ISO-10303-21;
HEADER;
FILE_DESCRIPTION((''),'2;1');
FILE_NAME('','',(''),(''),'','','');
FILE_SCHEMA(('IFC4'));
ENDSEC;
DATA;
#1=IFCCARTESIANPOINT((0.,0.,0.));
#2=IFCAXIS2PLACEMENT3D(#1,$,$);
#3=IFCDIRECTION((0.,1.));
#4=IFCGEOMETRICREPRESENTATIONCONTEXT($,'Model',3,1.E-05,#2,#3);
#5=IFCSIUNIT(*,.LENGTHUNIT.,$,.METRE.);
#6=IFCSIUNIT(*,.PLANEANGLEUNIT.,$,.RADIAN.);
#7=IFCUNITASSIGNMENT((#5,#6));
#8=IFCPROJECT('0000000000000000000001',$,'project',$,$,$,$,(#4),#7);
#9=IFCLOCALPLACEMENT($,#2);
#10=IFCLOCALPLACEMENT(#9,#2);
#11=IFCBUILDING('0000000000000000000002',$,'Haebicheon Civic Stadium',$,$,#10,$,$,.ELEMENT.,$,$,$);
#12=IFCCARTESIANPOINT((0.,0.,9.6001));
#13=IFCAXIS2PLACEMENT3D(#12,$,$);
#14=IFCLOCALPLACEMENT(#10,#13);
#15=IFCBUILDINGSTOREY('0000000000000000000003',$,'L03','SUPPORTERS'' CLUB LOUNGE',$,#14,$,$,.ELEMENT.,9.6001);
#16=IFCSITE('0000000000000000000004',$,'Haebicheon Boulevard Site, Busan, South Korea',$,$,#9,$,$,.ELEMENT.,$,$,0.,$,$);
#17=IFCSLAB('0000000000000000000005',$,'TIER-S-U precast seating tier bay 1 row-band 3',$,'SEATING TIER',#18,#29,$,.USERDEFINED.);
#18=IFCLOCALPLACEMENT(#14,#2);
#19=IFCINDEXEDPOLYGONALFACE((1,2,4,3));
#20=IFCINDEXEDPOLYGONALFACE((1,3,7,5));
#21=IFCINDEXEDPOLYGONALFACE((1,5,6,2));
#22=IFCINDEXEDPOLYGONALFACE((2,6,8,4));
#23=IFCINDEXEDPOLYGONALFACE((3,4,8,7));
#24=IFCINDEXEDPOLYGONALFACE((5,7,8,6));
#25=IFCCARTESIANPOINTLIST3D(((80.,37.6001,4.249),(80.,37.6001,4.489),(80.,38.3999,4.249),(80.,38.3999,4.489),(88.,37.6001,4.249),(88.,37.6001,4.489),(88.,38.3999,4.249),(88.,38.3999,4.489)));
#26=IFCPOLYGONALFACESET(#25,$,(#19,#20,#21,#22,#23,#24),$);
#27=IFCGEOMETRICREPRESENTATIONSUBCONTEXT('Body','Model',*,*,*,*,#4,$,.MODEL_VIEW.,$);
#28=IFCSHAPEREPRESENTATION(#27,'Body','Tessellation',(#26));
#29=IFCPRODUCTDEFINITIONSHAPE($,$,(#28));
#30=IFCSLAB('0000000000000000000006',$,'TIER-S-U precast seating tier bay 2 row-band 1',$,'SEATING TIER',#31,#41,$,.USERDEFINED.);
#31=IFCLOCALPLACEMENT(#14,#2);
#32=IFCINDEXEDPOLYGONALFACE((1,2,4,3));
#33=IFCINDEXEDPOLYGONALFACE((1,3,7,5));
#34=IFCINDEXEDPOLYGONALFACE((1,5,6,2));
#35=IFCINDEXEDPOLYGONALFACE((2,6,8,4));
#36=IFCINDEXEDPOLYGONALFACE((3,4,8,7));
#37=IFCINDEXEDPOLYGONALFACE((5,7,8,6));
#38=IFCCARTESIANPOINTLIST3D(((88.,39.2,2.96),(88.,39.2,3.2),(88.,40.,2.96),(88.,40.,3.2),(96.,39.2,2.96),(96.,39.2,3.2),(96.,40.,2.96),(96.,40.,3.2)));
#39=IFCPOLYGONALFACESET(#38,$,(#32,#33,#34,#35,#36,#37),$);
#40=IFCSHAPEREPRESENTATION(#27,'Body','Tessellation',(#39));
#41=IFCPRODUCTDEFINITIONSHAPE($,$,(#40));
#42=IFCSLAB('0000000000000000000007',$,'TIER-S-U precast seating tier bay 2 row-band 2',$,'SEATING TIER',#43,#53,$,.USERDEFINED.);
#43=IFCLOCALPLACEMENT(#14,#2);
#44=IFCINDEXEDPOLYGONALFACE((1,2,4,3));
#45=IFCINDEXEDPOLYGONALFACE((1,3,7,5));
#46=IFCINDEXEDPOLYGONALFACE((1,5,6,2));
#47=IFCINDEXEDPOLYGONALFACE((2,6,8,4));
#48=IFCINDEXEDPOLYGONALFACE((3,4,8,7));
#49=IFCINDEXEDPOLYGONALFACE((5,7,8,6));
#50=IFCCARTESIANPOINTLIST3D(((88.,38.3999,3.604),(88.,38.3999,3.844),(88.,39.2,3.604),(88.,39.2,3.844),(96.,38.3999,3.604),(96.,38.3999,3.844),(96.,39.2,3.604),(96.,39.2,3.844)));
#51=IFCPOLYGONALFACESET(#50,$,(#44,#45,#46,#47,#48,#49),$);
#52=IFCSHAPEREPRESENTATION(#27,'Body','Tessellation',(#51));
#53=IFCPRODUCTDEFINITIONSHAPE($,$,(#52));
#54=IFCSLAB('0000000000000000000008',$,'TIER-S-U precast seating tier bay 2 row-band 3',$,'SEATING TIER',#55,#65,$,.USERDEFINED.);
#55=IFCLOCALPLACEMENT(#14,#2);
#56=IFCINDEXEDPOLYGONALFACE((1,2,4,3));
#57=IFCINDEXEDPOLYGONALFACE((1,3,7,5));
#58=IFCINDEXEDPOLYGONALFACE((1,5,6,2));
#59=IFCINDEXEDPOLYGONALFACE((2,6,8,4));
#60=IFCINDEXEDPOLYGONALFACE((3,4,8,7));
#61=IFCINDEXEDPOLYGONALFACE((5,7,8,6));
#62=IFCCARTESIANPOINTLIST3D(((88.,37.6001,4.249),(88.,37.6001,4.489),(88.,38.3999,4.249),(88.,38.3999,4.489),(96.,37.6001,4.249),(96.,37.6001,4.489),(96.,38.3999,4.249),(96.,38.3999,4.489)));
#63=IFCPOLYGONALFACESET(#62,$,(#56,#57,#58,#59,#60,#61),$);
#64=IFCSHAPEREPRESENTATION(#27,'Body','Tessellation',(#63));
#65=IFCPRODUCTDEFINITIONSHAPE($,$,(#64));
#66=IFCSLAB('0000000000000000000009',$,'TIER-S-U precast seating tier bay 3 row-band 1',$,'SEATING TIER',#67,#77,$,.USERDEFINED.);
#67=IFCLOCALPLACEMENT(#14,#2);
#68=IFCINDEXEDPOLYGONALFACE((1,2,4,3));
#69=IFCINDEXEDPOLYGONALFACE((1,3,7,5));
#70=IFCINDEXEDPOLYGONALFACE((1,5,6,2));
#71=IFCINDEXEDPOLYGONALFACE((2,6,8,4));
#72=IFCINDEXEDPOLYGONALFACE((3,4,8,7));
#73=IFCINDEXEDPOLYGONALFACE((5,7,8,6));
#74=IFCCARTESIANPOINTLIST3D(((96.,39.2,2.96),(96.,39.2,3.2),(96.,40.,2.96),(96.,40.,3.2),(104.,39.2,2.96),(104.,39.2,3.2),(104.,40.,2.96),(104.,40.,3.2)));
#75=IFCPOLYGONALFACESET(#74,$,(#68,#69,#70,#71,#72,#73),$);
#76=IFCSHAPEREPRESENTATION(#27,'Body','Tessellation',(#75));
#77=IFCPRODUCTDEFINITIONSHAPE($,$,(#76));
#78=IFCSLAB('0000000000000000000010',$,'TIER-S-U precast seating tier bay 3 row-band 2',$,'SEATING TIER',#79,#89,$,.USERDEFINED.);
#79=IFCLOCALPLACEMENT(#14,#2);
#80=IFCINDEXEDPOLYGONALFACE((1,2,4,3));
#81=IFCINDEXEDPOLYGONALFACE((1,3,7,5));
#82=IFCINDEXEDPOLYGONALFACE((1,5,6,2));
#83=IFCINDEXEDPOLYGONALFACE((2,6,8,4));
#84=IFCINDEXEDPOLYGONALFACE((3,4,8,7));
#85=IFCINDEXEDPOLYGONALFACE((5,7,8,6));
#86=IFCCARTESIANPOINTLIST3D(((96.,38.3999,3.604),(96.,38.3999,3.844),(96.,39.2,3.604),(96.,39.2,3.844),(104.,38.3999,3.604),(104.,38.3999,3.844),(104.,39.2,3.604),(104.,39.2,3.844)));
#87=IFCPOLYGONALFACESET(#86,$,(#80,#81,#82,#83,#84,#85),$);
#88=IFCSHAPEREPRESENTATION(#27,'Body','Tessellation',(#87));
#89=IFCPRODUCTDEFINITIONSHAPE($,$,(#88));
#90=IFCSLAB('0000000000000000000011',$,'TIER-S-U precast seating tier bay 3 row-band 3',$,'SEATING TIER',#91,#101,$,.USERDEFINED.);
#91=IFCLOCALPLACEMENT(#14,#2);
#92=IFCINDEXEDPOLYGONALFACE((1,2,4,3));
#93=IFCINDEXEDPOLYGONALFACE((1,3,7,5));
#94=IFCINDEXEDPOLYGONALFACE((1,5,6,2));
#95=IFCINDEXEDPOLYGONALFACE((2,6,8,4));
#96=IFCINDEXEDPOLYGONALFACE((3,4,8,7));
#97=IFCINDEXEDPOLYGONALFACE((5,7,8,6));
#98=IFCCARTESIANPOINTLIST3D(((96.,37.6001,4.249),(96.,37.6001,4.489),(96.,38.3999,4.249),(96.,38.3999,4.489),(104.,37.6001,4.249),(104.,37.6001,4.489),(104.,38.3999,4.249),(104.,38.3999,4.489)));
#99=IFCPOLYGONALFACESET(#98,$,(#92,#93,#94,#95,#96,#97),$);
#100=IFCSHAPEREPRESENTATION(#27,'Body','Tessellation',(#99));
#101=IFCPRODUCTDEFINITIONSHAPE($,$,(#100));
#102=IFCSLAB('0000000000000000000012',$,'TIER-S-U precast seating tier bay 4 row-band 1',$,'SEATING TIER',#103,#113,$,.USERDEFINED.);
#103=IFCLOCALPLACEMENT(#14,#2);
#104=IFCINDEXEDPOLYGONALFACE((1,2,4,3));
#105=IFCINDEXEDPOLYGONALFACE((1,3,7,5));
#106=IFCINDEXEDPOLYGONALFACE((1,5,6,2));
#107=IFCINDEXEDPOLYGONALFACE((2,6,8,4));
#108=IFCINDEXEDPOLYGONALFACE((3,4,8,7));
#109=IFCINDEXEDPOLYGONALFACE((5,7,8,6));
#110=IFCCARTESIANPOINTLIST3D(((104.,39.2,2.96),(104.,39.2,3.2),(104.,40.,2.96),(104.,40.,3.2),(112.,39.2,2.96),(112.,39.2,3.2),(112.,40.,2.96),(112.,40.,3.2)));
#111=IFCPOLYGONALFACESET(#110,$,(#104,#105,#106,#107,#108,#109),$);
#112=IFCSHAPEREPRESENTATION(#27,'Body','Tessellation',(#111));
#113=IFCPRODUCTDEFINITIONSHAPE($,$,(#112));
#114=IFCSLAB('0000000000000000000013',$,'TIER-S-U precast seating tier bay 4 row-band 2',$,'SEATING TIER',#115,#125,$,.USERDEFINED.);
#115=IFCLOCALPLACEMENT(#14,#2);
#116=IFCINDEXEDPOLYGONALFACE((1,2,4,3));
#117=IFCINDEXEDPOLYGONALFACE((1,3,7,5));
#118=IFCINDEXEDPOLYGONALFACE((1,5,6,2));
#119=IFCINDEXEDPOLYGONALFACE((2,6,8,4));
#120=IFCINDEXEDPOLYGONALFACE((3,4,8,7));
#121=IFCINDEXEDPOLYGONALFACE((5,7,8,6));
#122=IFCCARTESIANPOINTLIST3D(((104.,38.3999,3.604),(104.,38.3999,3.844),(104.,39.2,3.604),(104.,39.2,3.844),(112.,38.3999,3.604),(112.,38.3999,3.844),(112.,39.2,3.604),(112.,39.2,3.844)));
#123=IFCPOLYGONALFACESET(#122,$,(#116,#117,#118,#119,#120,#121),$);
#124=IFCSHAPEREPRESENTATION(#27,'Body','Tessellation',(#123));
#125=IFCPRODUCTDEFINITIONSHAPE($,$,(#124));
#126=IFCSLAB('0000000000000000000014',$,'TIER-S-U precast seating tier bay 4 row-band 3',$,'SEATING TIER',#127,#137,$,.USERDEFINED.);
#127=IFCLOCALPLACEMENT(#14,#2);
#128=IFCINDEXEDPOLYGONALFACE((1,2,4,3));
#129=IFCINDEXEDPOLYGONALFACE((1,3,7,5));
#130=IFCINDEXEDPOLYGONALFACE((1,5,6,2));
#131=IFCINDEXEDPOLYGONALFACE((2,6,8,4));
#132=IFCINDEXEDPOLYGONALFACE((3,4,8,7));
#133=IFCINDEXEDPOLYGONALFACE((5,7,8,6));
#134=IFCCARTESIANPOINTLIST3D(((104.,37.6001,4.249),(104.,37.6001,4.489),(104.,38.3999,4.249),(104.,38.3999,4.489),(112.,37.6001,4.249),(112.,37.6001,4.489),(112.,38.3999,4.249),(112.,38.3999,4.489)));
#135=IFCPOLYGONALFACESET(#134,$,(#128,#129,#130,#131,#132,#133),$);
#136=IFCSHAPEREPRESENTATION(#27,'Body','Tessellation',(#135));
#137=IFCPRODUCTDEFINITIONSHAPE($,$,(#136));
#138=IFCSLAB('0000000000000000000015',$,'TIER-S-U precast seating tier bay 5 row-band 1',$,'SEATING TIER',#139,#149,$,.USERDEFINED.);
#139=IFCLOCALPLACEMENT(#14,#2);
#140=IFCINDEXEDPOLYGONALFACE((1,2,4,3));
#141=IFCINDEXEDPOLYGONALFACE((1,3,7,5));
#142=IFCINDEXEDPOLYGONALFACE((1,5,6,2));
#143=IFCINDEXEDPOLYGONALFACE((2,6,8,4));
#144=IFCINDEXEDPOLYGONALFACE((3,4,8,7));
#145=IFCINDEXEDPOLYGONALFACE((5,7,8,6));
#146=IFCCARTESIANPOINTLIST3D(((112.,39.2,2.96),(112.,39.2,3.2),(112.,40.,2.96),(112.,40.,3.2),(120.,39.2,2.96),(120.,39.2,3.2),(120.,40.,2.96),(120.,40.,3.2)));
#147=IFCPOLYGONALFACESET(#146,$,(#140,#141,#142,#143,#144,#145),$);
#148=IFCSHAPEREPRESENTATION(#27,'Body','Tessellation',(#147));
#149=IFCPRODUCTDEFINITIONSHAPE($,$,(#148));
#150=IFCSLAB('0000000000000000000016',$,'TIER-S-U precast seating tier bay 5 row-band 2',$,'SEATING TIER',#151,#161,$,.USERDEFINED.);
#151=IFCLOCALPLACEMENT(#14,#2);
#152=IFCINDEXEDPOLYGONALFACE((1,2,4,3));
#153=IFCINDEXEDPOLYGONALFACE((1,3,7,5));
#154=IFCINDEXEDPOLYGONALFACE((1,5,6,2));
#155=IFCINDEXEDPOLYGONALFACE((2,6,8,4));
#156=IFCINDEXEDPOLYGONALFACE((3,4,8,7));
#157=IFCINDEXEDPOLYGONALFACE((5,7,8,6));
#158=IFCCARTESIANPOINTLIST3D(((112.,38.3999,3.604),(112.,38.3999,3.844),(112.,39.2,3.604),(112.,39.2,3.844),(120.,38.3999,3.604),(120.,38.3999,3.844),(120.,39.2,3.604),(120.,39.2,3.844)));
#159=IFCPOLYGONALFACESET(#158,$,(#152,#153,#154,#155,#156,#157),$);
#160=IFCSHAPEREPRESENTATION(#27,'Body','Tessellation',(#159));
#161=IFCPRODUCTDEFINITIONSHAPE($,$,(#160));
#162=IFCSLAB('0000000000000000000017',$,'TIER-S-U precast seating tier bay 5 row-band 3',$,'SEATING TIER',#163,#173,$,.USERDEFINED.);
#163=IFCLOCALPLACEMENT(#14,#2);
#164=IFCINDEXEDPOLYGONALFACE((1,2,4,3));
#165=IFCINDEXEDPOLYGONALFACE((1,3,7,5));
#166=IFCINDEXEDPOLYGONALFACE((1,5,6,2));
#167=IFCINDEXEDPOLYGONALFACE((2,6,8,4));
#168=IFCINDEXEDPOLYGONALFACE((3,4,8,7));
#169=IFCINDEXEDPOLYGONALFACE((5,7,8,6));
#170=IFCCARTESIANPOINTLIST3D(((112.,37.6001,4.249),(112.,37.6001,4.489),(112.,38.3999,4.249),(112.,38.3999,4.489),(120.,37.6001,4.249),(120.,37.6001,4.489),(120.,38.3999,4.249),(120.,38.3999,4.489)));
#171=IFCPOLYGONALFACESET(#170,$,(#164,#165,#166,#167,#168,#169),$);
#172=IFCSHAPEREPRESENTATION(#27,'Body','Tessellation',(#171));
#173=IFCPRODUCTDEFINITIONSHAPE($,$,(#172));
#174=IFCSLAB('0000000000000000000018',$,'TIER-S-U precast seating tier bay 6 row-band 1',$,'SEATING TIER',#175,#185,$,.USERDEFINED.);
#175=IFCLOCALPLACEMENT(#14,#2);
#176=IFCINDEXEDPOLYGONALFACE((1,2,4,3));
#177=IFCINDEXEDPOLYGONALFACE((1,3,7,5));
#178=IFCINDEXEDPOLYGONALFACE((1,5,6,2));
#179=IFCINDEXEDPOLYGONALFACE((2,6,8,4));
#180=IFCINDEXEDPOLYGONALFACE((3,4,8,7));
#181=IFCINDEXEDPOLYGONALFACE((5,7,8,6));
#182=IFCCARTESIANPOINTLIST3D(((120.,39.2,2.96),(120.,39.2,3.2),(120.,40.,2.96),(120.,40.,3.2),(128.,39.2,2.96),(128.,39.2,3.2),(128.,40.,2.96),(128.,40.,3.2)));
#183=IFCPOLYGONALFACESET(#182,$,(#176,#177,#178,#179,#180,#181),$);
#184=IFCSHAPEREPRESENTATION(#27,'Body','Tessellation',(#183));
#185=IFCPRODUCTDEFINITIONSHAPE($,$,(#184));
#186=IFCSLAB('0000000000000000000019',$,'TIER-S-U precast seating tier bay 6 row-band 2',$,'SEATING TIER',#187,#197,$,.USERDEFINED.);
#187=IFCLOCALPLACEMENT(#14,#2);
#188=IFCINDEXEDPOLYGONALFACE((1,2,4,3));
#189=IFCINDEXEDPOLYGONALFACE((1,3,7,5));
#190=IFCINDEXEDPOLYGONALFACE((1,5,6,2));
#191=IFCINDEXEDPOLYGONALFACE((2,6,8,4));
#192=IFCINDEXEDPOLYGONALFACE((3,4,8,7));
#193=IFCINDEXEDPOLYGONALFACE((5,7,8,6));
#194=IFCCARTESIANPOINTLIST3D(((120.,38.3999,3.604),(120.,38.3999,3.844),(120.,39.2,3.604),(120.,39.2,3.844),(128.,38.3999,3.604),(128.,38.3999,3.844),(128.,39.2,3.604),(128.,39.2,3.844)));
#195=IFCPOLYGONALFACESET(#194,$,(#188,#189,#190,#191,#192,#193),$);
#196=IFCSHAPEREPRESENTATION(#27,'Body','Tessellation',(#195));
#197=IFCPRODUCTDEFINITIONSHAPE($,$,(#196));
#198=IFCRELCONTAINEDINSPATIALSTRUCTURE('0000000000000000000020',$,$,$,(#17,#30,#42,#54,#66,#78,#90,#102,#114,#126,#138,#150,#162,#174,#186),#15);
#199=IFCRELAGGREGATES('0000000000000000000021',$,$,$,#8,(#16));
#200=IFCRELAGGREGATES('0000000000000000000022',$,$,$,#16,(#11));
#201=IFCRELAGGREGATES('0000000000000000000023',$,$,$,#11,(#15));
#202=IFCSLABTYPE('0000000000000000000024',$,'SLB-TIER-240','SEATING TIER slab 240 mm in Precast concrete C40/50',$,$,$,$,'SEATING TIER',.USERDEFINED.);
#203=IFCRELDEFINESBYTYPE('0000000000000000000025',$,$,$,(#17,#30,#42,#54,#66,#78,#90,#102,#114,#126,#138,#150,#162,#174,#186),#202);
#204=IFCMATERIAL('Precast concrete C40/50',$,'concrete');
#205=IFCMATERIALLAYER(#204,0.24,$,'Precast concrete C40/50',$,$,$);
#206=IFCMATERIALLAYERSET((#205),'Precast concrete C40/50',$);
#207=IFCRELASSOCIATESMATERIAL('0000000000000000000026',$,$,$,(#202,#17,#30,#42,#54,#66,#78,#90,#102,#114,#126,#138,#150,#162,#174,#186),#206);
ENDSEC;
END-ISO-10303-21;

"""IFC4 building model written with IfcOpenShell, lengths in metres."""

from ifc_helpers import new_model, si_unit, direction, frame, origin, place, context, subcontext, project, spatial, polyline, outline, extrude, material, layer, layer_set, type_object, element, save


model = new_model("IFC4")

# Units and contexts
model_context = context("Model", 3, precision=1e-05, world=origin(), true_north=direction((0.0, 1.0)))
body_context = subcontext(model_context, "Body", "Model", "MODEL_VIEW")
ifc_project = project(units=[si_unit("LENGTHUNIT", "METRE"), si_unit("PLANEANGLEUNIT", "RADIAN")], contexts=[model_context])

# Site, building, storey
site_placement = place(None, origin())
site = spatial("IfcSite", under=ifc_project, at=site_placement, Name="Haebicheon Boulevard Site, Busan, South Korea", CompositionType="ELEMENT", RefElevation=0.0)
building_placement = place(site_placement, origin())
building = spatial("IfcBuilding", under=site, at=building_placement, Name="Haebicheon Civic Stadium", CompositionType="ELEMENT")
storey_placement = place(building_placement, frame((0.0, 0.0, 9.6001)))
storey = spatial("IfcBuildingStorey", under=building, at=storey_placement, Name="L03", Description="SUPPORTERS' CLUB LOUNGE", CompositionType="ELEMENT", Elevation=9.6001)

# Slabs
ifc_material = material(Name="Precast concrete C40/50", Category="concrete")
ifc_layer = layer(ifc_material, 0.24, Name="Precast concrete C40/50")
ifc_layer_set = layer_set([ifc_layer], Name="Precast concrete C40/50")
slab_type = type_object("IfcSlabType", Name="SLB-TIER-240", Description="SEATING TIER slab 240 mm in Precast concrete C40/50", ElementType="SEATING TIER", PredefinedType="USERDEFINED", material=ifc_layer_set)
slab_1_placement = place(storey_placement, frame((0.0, 0.0, 4.249)))
element("IfcSlab", 1, at=slab_1_placement, inside=storey, type_object=slab_type, material=ifc_layer_set, Name="TIER-S-U precast seating tier bay 1 row-band 3", ObjectType="SEATING TIER", PredefinedType="USERDEFINED", context=body_context, shape_type="SweptSolid", body=[
    extrude(outline(polyline([(80.0, 37.6001), (88.0, 37.6001), (88.0, 38.3999), (80.0, 38.3999), (80.0, 37.6001)])), origin(), (0.0, 0.0, 1.0), 0.24),
])
slab_2_placement = place(storey_placement, frame((0.0, 0.0, 2.96)))
element("IfcSlab", 2, at=slab_2_placement, inside=storey, type_object=slab_type, material=ifc_layer_set, Name="TIER-S-U precast seating tier bay 2 row-band 1", ObjectType="SEATING TIER", PredefinedType="USERDEFINED", context=body_context, shape_type="SweptSolid", body=[
    extrude(outline(polyline([(88.0, 39.2), (96.0, 39.2), (96.0, 40.0), (88.0, 40.0), (88.0, 39.2)])), origin(), (0.0, 0.0, 1.0), 0.24),
])
slab_3_placement = place(storey_placement, frame((0.0, 0.0, 3.604)))
element("IfcSlab", 3, at=slab_3_placement, inside=storey, type_object=slab_type, material=ifc_layer_set, Name="TIER-S-U precast seating tier bay 2 row-band 2", ObjectType="SEATING TIER", PredefinedType="USERDEFINED", context=body_context, shape_type="SweptSolid", body=[
    extrude(outline(polyline([(88.0, 38.3999), (96.0, 38.3999), (96.0, 39.2), (88.0, 39.2), (88.0, 38.3999)])), origin(), (0.0, 0.0, 1.0), 0.24),
])
slab_4_placement = place(storey_placement, frame((0.0, 0.0, 4.249)))
element("IfcSlab", 4, at=slab_4_placement, inside=storey, type_object=slab_type, material=ifc_layer_set, Name="TIER-S-U precast seating tier bay 2 row-band 3", ObjectType="SEATING TIER", PredefinedType="USERDEFINED", context=body_context, shape_type="SweptSolid", body=[
    extrude(outline(polyline([(88.0, 37.6001), (96.0, 37.6001), (96.0, 38.3999), (88.0, 38.3999), (88.0, 37.6001)])), origin(), (0.0, 0.0, 1.0), 0.24),
])
slab_5_placement = place(storey_placement, frame((0.0, 0.0, 2.96)))
element("IfcSlab", 5, at=slab_5_placement, inside=storey, type_object=slab_type, material=ifc_layer_set, Name="TIER-S-U precast seating tier bay 3 row-band 1", ObjectType="SEATING TIER", PredefinedType="USERDEFINED", context=body_context, shape_type="SweptSolid", body=[
    extrude(outline(polyline([(96.0, 39.2), (104.0, 39.2), (104.0, 40.0), (96.0, 40.0), (96.0, 39.2)])), origin(), (0.0, 0.0, 1.0), 0.24),
])
slab_6_placement = place(storey_placement, frame((0.0, 0.0, 3.604)))
element("IfcSlab", 6, at=slab_6_placement, inside=storey, type_object=slab_type, material=ifc_layer_set, Name="TIER-S-U precast seating tier bay 3 row-band 2", ObjectType="SEATING TIER", PredefinedType="USERDEFINED", context=body_context, shape_type="SweptSolid", body=[
    extrude(outline(polyline([(96.0, 38.3999), (104.0, 38.3999), (104.0, 39.2), (96.0, 39.2), (96.0, 38.3999)])), origin(), (0.0, 0.0, 1.0), 0.24),
])
slab_7_placement = place(storey_placement, frame((0.0, 0.0, 4.249)))
element("IfcSlab", 7, at=slab_7_placement, inside=storey, type_object=slab_type, material=ifc_layer_set, Name="TIER-S-U precast seating tier bay 3 row-band 3", ObjectType="SEATING TIER", PredefinedType="USERDEFINED", context=body_context, shape_type="SweptSolid", body=[
    extrude(outline(polyline([(96.0, 37.6001), (104.0, 37.6001), (104.0, 38.3999), (96.0, 38.3999), (96.0, 37.6001)])), origin(), (0.0, 0.0, 1.0), 0.24),
])
slab_8_placement = place(storey_placement, frame((0.0, 0.0, 2.96)))
element("IfcSlab", 8, at=slab_8_placement, inside=storey, type_object=slab_type, material=ifc_layer_set, Name="TIER-S-U precast seating tier bay 4 row-band 1", ObjectType="SEATING TIER", PredefinedType="USERDEFINED", context=body_context, shape_type="SweptSolid", body=[
    extrude(outline(polyline([(104.0, 39.2), (112.0, 39.2), (112.0, 40.0), (104.0, 40.0), (104.0, 39.2)])), origin(), (0.0, 0.0, 1.0), 0.24),
])
slab_9_placement = place(storey_placement, frame((0.0, 0.0, 3.604)))
element("IfcSlab", 9, at=slab_9_placement, inside=storey, type_object=slab_type, material=ifc_layer_set, Name="TIER-S-U precast seating tier bay 4 row-band 2", ObjectType="SEATING TIER", PredefinedType="USERDEFINED", context=body_context, shape_type="SweptSolid", body=[
    extrude(outline(polyline([(104.0, 38.3999), (112.0, 38.3999), (112.0, 39.2), (104.0, 39.2), (104.0, 38.3999)])), origin(), (0.0, 0.0, 1.0), 0.24),
])
slab_10_placement = place(storey_placement, frame((0.0, 0.0, 4.249)))
element("IfcSlab", 10, at=slab_10_placement, inside=storey, type_object=slab_type, material=ifc_layer_set, Name="TIER-S-U precast seating tier bay 4 row-band 3", ObjectType="SEATING TIER", PredefinedType="USERDEFINED", context=body_context, shape_type="SweptSolid", body=[
    extrude(outline(polyline([(104.0, 37.6001), (112.0, 37.6001), (112.0, 38.3999), (104.0, 38.3999), (104.0, 37.6001)])), origin(), (0.0, 0.0, 1.0), 0.24),
])
slab_11_placement = place(storey_placement, frame((0.0, 0.0, 2.96)))
element("IfcSlab", 11, at=slab_11_placement, inside=storey, type_object=slab_type, material=ifc_layer_set, Name="TIER-S-U precast seating tier bay 5 row-band 1", ObjectType="SEATING TIER", PredefinedType="USERDEFINED", context=body_context, shape_type="SweptSolid", body=[
    extrude(outline(polyline([(112.0, 39.2), (120.0, 39.2), (120.0, 40.0), (112.0, 40.0), (112.0, 39.2)])), origin(), (0.0, 0.0, 1.0), 0.24),
])
slab_12_placement = place(storey_placement, frame((0.0, 0.0, 3.604)))
element("IfcSlab", 12, at=slab_12_placement, inside=storey, type_object=slab_type, material=ifc_layer_set, Name="TIER-S-U precast seating tier bay 5 row-band 2", ObjectType="SEATING TIER", PredefinedType="USERDEFINED", context=body_context, shape_type="SweptSolid", body=[
    extrude(outline(polyline([(112.0, 38.3999), (120.0, 38.3999), (120.0, 39.2), (112.0, 39.2), (112.0, 38.3999)])), origin(), (0.0, 0.0, 1.0), 0.24),
])
slab_13_placement = place(storey_placement, frame((0.0, 0.0, 4.249)))
element("IfcSlab", 13, at=slab_13_placement, inside=storey, type_object=slab_type, material=ifc_layer_set, Name="TIER-S-U precast seating tier bay 5 row-band 3", ObjectType="SEATING TIER", PredefinedType="USERDEFINED", context=body_context, shape_type="SweptSolid", body=[
    extrude(outline(polyline([(112.0, 37.6001), (120.0, 37.6001), (120.0, 38.3999), (112.0, 38.3999), (112.0, 37.6001)])), origin(), (0.0, 0.0, 1.0), 0.24),
])
slab_14_placement = place(storey_placement, frame((0.0, 0.0, 2.96)))
element("IfcSlab", 14, at=slab_14_placement, inside=storey, type_object=slab_type, material=ifc_layer_set, Name="TIER-S-U precast seating tier bay 6 row-band 1", ObjectType="SEATING TIER", PredefinedType="USERDEFINED", context=body_context, shape_type="SweptSolid", body=[
    extrude(outline(polyline([(120.0, 39.2), (128.0, 39.2), (128.0, 40.0), (120.0, 40.0), (120.0, 39.2)])), origin(), (0.0, 0.0, 1.0), 0.24),
])
slab_15_placement = place(storey_placement, frame((0.0, 0.0, 3.604)))
element("IfcSlab", 15, at=slab_15_placement, inside=storey, type_object=slab_type, material=ifc_layer_set, Name="TIER-S-U precast seating tier bay 6 row-band 2", ObjectType="SEATING TIER", PredefinedType="USERDEFINED", context=body_context, shape_type="SweptSolid", body=[
    extrude(outline(polyline([(120.0, 38.3999), (128.0, 38.3999), (128.0, 39.2), (120.0, 39.2), (120.0, 38.3999)])), origin(), (0.0, 0.0, 1.0), 0.24),
])

save(model, "model.ifc")
